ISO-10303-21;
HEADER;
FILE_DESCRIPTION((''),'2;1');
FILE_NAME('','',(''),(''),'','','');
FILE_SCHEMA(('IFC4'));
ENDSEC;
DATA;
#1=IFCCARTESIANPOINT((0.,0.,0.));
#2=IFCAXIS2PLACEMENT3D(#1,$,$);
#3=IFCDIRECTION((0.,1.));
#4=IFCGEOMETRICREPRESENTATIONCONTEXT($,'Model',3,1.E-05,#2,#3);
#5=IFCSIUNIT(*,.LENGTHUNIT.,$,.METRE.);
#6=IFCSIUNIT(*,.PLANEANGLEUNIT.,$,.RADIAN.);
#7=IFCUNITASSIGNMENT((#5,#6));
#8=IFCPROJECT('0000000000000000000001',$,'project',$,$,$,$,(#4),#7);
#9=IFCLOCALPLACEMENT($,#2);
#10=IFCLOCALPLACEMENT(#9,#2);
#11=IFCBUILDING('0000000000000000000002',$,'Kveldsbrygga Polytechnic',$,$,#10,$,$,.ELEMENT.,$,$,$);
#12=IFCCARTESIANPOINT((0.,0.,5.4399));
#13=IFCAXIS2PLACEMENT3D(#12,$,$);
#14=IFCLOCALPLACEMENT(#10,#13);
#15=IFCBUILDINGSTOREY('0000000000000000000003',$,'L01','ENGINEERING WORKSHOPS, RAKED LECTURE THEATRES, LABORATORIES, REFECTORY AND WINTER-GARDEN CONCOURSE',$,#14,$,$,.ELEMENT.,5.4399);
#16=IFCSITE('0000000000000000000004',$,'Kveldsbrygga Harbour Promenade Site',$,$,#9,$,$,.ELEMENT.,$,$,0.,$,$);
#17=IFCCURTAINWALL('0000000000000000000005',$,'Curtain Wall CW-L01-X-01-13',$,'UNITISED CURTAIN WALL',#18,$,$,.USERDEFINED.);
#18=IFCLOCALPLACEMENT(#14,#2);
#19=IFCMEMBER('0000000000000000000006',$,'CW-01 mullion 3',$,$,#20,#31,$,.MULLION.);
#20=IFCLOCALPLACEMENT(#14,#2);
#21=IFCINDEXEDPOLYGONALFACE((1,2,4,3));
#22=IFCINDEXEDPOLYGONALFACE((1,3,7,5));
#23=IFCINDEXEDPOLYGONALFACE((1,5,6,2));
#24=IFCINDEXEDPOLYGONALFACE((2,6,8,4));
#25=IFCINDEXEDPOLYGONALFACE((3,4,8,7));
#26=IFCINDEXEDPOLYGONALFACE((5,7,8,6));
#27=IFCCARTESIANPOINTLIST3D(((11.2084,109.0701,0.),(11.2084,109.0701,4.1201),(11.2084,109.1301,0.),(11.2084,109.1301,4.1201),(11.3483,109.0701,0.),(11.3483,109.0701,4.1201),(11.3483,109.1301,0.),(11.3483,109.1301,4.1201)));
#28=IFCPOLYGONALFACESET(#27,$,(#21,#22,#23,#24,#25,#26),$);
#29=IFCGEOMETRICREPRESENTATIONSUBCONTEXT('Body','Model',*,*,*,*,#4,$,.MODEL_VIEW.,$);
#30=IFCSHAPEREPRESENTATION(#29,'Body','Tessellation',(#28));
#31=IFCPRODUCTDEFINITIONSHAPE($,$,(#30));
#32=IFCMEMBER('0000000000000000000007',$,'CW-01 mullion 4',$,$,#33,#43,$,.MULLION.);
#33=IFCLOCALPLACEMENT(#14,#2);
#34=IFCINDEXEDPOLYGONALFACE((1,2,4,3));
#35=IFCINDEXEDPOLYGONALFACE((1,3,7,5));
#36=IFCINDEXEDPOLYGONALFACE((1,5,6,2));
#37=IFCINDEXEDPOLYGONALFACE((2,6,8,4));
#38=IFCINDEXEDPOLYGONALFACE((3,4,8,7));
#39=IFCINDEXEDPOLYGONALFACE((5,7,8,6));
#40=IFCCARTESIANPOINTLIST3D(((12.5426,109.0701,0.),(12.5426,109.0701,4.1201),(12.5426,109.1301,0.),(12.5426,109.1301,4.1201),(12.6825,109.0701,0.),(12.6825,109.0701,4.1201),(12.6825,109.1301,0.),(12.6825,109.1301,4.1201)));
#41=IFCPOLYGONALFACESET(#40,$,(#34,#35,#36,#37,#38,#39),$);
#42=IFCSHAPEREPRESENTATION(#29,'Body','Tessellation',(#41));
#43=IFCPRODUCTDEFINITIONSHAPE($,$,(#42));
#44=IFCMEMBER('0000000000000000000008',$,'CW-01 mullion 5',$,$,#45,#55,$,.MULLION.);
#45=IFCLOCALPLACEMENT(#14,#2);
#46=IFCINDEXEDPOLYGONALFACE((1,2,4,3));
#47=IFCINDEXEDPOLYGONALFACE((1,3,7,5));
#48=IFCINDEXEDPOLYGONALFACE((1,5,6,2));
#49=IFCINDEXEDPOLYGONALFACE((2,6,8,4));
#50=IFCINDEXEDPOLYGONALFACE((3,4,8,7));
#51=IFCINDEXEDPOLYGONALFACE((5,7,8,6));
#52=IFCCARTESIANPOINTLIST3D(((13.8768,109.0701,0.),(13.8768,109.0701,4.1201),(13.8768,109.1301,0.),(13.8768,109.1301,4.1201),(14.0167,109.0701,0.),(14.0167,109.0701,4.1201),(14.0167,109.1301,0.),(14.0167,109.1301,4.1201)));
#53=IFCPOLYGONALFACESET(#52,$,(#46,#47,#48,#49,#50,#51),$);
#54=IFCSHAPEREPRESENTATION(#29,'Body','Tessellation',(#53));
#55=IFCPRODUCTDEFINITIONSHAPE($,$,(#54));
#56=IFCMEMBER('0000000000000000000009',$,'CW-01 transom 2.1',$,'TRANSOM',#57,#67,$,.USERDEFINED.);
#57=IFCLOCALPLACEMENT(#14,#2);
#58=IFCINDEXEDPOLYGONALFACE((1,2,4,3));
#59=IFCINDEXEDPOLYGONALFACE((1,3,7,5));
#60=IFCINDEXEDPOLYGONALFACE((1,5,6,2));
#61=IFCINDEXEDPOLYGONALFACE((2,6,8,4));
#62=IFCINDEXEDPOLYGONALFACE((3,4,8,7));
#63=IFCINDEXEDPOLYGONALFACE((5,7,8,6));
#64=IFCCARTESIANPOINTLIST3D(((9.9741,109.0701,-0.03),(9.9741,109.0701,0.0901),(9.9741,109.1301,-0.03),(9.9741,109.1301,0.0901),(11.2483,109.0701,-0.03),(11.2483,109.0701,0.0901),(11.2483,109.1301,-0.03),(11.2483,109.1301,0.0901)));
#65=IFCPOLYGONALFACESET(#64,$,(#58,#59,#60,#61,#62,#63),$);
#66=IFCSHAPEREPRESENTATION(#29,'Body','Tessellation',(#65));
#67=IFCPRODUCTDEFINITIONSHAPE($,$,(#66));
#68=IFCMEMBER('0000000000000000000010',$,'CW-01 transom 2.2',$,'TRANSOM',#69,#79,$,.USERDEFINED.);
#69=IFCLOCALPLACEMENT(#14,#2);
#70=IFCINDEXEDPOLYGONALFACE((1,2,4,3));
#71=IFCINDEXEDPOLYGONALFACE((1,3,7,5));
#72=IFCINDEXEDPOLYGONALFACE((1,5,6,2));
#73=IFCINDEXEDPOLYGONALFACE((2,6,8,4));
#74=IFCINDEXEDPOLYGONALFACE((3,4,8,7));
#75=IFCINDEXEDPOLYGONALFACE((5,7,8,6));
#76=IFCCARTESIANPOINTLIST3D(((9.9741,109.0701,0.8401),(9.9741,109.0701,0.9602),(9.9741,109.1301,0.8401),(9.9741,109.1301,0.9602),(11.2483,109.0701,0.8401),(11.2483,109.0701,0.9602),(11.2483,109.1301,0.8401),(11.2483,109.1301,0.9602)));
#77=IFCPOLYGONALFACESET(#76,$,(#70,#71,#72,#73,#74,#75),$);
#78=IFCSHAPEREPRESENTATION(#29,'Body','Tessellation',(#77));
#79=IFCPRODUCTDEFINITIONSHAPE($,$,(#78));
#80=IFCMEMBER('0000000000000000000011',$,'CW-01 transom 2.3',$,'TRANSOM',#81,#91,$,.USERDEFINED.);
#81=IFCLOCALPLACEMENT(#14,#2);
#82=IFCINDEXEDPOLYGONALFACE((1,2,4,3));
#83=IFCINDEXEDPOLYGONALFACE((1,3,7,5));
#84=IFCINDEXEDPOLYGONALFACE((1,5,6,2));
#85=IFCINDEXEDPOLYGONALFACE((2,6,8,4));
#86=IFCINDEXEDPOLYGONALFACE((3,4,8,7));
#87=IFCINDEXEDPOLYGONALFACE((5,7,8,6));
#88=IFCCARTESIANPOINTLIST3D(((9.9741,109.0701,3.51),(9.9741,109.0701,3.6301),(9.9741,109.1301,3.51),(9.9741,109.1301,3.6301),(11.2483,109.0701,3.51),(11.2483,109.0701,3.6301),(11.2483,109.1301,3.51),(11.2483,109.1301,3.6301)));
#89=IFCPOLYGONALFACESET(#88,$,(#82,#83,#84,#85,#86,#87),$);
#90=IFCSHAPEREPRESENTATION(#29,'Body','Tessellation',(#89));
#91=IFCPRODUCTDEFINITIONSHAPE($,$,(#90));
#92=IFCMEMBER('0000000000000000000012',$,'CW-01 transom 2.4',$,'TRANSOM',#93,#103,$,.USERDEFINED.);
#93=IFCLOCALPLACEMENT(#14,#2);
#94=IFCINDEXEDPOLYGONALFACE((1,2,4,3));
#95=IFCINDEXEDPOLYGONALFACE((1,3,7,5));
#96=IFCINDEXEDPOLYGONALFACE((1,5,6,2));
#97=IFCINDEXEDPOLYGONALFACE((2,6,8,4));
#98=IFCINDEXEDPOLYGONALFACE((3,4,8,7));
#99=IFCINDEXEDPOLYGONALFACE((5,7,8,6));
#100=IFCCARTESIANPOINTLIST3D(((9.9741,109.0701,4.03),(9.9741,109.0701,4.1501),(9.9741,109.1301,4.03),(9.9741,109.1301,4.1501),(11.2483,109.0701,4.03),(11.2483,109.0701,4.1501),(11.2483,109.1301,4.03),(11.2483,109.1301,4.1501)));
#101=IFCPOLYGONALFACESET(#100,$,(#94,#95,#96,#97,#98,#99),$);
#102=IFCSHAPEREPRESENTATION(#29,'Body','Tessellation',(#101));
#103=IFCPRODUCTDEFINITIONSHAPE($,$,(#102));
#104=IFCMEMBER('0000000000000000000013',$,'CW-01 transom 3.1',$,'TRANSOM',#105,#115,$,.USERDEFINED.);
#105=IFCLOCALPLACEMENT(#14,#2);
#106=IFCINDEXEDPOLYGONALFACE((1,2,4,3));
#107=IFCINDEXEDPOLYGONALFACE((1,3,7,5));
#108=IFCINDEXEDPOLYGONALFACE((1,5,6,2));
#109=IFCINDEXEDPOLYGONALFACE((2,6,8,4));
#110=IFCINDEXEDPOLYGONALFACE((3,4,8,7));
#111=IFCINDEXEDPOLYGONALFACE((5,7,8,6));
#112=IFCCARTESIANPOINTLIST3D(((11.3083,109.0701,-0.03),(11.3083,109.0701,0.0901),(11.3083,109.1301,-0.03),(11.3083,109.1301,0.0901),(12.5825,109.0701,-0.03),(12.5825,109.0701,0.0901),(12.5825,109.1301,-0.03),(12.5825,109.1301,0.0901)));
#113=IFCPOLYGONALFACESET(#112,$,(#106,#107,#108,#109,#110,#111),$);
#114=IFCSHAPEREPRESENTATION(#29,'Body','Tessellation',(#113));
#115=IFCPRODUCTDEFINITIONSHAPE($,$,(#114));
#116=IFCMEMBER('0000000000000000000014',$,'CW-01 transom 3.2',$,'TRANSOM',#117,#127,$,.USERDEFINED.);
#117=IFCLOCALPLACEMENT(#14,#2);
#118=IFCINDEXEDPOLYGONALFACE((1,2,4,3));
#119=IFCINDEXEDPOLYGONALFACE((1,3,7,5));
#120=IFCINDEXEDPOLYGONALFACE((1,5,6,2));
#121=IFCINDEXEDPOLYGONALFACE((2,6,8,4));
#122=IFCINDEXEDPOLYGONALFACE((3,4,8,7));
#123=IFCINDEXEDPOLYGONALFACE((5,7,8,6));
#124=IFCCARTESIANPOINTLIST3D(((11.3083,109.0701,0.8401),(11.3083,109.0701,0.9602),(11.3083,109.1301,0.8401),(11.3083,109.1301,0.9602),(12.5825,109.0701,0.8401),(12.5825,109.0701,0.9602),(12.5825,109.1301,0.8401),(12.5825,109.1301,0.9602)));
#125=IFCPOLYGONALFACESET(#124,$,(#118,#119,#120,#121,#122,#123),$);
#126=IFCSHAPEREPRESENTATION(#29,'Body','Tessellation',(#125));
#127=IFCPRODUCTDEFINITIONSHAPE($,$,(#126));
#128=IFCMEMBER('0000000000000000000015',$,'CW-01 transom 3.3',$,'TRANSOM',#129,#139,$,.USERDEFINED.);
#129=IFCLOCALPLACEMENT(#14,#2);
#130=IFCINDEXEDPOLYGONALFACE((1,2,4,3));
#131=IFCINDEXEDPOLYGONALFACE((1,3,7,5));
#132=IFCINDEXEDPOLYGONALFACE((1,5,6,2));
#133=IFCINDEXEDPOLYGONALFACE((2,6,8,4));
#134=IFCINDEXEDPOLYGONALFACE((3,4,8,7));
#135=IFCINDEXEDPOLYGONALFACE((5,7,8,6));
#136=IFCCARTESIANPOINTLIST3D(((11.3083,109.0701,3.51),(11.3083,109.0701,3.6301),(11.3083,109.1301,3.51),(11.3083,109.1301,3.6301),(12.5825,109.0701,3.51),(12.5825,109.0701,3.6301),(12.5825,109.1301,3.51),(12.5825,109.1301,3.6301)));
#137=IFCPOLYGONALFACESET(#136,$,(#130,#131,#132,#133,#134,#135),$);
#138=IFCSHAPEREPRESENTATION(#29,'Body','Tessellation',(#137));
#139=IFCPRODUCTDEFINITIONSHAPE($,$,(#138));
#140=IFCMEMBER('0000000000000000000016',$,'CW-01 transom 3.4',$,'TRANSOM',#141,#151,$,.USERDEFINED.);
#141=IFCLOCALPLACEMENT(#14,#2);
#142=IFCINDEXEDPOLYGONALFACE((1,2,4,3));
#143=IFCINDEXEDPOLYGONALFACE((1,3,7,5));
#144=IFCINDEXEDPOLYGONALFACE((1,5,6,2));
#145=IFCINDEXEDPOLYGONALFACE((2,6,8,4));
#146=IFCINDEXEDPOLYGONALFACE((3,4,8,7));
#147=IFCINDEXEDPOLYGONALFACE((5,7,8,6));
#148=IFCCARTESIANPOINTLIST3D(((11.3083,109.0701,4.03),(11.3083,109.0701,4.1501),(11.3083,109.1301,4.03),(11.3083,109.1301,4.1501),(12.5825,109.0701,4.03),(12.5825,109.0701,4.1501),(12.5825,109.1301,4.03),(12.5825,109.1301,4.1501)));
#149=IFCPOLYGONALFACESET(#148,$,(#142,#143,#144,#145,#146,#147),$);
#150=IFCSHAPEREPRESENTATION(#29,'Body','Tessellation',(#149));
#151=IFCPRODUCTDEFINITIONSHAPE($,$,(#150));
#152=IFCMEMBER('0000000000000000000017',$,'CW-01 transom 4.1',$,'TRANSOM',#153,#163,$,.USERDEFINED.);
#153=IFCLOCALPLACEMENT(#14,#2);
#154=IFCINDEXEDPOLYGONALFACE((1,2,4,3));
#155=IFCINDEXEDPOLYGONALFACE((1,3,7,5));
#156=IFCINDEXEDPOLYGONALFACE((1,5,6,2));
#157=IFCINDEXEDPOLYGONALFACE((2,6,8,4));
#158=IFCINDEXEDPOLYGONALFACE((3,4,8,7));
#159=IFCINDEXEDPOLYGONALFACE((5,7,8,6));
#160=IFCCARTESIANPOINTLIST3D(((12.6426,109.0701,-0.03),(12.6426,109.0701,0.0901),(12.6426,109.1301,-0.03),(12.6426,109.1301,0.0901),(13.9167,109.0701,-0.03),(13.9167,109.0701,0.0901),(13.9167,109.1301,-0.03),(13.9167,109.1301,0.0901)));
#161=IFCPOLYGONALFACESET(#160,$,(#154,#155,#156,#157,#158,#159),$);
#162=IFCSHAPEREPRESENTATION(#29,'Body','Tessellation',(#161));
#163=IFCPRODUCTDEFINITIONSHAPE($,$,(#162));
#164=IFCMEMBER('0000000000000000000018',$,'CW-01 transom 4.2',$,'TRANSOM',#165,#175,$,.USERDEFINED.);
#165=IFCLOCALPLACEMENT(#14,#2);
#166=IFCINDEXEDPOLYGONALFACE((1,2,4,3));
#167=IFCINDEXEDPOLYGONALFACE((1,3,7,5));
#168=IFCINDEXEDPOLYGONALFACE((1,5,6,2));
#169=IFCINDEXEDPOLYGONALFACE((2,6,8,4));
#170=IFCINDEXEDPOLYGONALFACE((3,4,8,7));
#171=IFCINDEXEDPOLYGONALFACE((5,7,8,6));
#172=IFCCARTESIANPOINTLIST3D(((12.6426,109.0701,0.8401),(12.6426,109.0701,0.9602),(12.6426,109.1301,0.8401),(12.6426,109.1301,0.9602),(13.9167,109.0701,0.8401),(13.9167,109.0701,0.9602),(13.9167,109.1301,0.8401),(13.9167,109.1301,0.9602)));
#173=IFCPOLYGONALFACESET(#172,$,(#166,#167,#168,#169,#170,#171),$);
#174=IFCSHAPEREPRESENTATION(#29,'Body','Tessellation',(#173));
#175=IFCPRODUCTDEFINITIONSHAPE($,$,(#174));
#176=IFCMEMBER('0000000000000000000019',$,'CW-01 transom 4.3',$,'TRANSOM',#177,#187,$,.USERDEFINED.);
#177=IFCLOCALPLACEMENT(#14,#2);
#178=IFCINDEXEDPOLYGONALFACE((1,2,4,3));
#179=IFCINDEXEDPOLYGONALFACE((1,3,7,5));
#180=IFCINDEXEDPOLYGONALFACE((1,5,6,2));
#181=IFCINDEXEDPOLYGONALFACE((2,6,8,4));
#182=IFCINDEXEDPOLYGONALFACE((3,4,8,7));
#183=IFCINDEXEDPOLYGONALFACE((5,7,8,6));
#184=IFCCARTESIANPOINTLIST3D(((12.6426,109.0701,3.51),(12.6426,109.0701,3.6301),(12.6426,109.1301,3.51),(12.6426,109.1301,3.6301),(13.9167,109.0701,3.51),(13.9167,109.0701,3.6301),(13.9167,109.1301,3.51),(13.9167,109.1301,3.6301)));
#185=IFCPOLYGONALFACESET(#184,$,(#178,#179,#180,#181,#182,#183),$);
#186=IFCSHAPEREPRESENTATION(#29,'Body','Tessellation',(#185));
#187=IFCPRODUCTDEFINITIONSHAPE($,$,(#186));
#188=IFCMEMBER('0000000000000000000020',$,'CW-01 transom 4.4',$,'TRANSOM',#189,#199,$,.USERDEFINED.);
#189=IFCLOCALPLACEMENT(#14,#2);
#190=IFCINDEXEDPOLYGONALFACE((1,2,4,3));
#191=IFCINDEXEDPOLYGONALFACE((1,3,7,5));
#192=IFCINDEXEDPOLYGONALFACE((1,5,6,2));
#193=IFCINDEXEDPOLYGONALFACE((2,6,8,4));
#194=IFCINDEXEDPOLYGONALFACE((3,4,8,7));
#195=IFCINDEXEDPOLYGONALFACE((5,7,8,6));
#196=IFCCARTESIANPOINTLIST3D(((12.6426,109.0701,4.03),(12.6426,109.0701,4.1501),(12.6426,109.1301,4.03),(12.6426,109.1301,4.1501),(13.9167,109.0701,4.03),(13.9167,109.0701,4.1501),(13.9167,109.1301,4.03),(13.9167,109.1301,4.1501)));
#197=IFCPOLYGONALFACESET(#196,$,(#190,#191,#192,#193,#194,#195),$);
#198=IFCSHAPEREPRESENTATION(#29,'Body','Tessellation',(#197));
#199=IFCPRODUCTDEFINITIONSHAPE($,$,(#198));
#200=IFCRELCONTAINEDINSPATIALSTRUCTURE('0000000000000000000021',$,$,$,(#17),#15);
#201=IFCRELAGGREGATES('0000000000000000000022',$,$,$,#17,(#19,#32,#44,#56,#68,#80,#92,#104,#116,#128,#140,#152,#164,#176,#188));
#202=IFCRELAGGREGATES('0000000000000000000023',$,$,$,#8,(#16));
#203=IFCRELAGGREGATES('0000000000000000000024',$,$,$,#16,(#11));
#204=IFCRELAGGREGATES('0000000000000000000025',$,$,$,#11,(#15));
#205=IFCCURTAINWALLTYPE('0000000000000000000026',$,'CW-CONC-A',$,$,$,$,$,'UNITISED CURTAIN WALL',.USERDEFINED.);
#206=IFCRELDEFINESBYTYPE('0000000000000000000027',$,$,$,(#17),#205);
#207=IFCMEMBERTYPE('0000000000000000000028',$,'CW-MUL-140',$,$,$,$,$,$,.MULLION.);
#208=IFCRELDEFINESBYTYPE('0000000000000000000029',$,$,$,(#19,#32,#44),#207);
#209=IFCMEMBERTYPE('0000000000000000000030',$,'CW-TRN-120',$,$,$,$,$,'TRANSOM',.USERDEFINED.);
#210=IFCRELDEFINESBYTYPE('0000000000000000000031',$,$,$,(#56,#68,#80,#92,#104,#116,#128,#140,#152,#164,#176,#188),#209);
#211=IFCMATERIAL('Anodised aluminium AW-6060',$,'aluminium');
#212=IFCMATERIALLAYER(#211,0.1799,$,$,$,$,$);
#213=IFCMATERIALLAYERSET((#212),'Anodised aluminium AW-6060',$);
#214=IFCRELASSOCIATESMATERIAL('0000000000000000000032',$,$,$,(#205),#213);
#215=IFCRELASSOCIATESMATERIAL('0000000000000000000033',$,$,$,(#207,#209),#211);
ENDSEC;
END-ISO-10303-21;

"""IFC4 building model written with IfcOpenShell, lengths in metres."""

from ifc_helpers import new_model, si_unit, direction, frame, origin, origin_2d, place, context, subcontext, project, spatial, rectangle, extrude, material, layer, layer_set, material_profile, profile_set, type_object, element, aggregate, save


model = new_model("IFC4")

# Units and contexts
model_context = context("Model", 3, precision=1e-05, world=origin(), true_north=direction((0.0, 1.0)))
body_context = subcontext(model_context, "Body", "Model", "MODEL_VIEW")
ifc_project = project(units=[si_unit("LENGTHUNIT", "METRE"), si_unit("PLANEANGLEUNIT", "RADIAN")], contexts=[model_context])

# Site, building, storey
site_placement = place(None, origin())
site = spatial("IfcSite", under=ifc_project, at=site_placement, Name="Kveldsbrygga Harbour Promenade Site", CompositionType="ELEMENT", RefElevation=0.0)
building_placement = place(site_placement, origin())
building = spatial("IfcBuilding", under=site, at=building_placement, Name="Kveldsbrygga Polytechnic", CompositionType="ELEMENT")
storey_placement = place(building_placement, frame((0.0, 0.0, 5.4399)))
storey = spatial("IfcBuildingStorey", under=building, at=storey_placement, Name="L01", Description="ENGINEERING WORKSHOPS, RAKED LECTURE THEATRES, LABORATORIES, REFECTORY AND WINTER-GARDEN CONCOURSE", CompositionType="ELEMENT", Elevation=5.4399)

# Curtain wall, members
ifc_material_1 = material(Name="Anodised aluminium AW-6060", Category="aluminium")
ifc_layer_1 = layer(ifc_material_1, 0.1799)
ifc_layer_set_1 = layer_set([ifc_layer_1], Name="Anodised aluminium AW-6060")
curtain_wall_type = type_object("IfcCurtainWallType", Name="CW-CONC-A", ElementType="UNITISED CURTAIN WALL", PredefinedType="USERDEFINED", material=ifc_layer_set_1)
curtain_wall_placement = place(storey_placement, origin())
curtain_wall = element("IfcCurtainWall", 1, at=curtain_wall_placement, inside=storey, type_object=curtain_wall_type, Name="Curtain Wall CW-L01-X-01-13", ObjectType="UNITISED CURTAIN WALL", PredefinedType="USERDEFINED")
ifc_material_profile_1 = material_profile(ifc_material_1, rectangle(XDim=0.0601, YDim=0.1399, at=origin_2d()), Name="ALU 60x140")
ifc_profile_set_1 = profile_set([ifc_material_profile_1], Name="Anodised aluminium AW-6060")
member_type_1 = type_object("IfcMemberType", Name="CW-MUL-140", PredefinedType="MULLION", material=ifc_profile_set_1)
member_1_placement = place(storey_placement, frame((11.2783, 109.1001, 0.0), z_axis=(0.0, 0.0, 1.0), x_axis=(0.0, 1.0, 0.0)))
member_1 = element("IfcMember", 2, at=member_1_placement, type_object=member_type_1, Name="CW-01 mullion 3", PredefinedType="MULLION", context=body_context, shape_type="SweptSolid", body=[
    extrude(rectangle(XDim=0.0601, YDim=0.1399, at=origin_2d()), origin(), (0.0, 0.0, 1.0), 4.1201),
])
member_2_placement = place(storey_placement, frame((12.6125, 109.1001, 0.0), z_axis=(0.0, 0.0, 1.0), x_axis=(0.0, 1.0, 0.0)))
member_2 = element("IfcMember", 3, at=member_2_placement, type_object=member_type_1, Name="CW-01 mullion 4", PredefinedType="MULLION", context=body_context, shape_type="SweptSolid", body=[
    extrude(rectangle(XDim=0.0601, YDim=0.1399, at=origin_2d()), origin(), (0.0, 0.0, 1.0), 4.1201),
])
member_3_placement = place(storey_placement, frame((13.9468, 109.1001, 0.0), z_axis=(0.0, 0.0, 1.0), x_axis=(0.0, 1.0, 0.0)))
member_3 = element("IfcMember", 4, at=member_3_placement, type_object=member_type_1, Name="CW-01 mullion 5", PredefinedType="MULLION", context=body_context, shape_type="SweptSolid", body=[
    extrude(rectangle(XDim=0.0601, YDim=0.1399, at=origin_2d()), origin(), (0.0, 0.0, 1.0), 4.1201),
])
ifc_material_profile_2 = material_profile(ifc_material_1, rectangle(XDim=0.0601, YDim=0.1201, at=origin_2d()), Name="ALU 60x120")
ifc_profile_set_2 = profile_set([ifc_material_profile_2], Name="Anodised aluminium AW-6060")
member_type_2 = type_object("IfcMemberType", Name="CW-TRN-120", ElementType="TRANSOM", PredefinedType="USERDEFINED", material=ifc_profile_set_2)
member_4_placement = place(storey_placement, frame((9.9741, 109.1001, 0.03), z_axis=(1.0, 0.0, 0.0), x_axis=(0.0, 1.0, 0.0)))
member_4 = element("IfcMember", 5, at=member_4_placement, type_object=member_type_2, Name="CW-01 transom 2.1", ObjectType="TRANSOM", PredefinedType="USERDEFINED", context=body_context, shape_type="SweptSolid", body=[
    extrude(rectangle(XDim=0.0601, YDim=0.1201, at=origin_2d()), origin(), (0.0, 0.0, 1.0), 1.2742),
])
member_5_placement = place(storey_placement, frame((9.9741, 109.1001, 0.9001), z_axis=(1.0, 0.0, 0.0), x_axis=(0.0, 1.0, 0.0)))
member_5 = element("IfcMember", 6, at=member_5_placement, type_object=member_type_2, Name="CW-01 transom 2.2", ObjectType="TRANSOM", PredefinedType="USERDEFINED", context=body_context, shape_type="SweptSolid", body=[
    extrude(rectangle(XDim=0.0601, YDim=0.1201, at=origin_2d()), origin(), (0.0, 0.0, 1.0), 1.2742),
])
member_6_placement = place(storey_placement, frame((9.9741, 109.1001, 3.5701), z_axis=(1.0, 0.0, 0.0), x_axis=(0.0, 1.0, 0.0)))
member_6 = element("IfcMember", 7, at=member_6_placement, type_object=member_type_2, Name="CW-01 transom 2.3", ObjectType="TRANSOM", PredefinedType="USERDEFINED", context=body_context, shape_type="SweptSolid", body=[
    extrude(rectangle(XDim=0.0601, YDim=0.1201, at=origin_2d()), origin(), (0.0, 0.0, 1.0), 1.2742),
])
member_7_placement = place(storey_placement, frame((9.9741, 109.1001, 4.0901), z_axis=(1.0, 0.0, 0.0), x_axis=(0.0, 1.0, 0.0)))
member_7 = element("IfcMember", 8, at=member_7_placement, type_object=member_type_2, Name="CW-01 transom 2.4", ObjectType="TRANSOM", PredefinedType="USERDEFINED", context=body_context, shape_type="SweptSolid", body=[
    extrude(rectangle(XDim=0.0601, YDim=0.1201, at=origin_2d()), origin(), (0.0, 0.0, 1.0), 1.2742),
])
member_8_placement = place(storey_placement, frame((11.3083, 109.1001, 0.03), z_axis=(1.0, 0.0, 0.0), x_axis=(0.0, 1.0, 0.0)))
member_8 = element("IfcMember", 9, at=member_8_placement, type_object=member_type_2, Name="CW-01 transom 3.1", ObjectType="TRANSOM", PredefinedType="USERDEFINED", context=body_context, shape_type="SweptSolid", body=[
    extrude(rectangle(XDim=0.0601, YDim=0.1201, at=origin_2d()), origin(), (0.0, 0.0, 1.0), 1.2742),
])
member_9_placement = place(storey_placement, frame((11.3083, 109.1001, 0.9001), z_axis=(1.0, 0.0, 0.0), x_axis=(0.0, 1.0, 0.0)))
member_9 = element("IfcMember", 10, at=member_9_placement, type_object=member_type_2, Name="CW-01 transom 3.2", ObjectType="TRANSOM", PredefinedType="USERDEFINED", context=body_context, shape_type="SweptSolid", body=[
    extrude(rectangle(XDim=0.0601, YDim=0.1201, at=origin_2d()), origin(), (0.0, 0.0, 1.0), 1.2742),
])
member_10_placement = place(storey_placement, frame((11.3083, 109.1001, 3.5701), z_axis=(1.0, 0.0, 0.0), x_axis=(0.0, 1.0, 0.0)))
member_10 = element("IfcMember", 11, at=member_10_placement, type_object=member_type_2, Name="CW-01 transom 3.3", ObjectType="TRANSOM", PredefinedType="USERDEFINED", context=body_context, shape_type="SweptSolid", body=[
    extrude(rectangle(XDim=0.0601, YDim=0.1201, at=origin_2d()), origin(), (0.0, 0.0, 1.0), 1.2742),
])
member_11_placement = place(storey_placement, frame((11.3083, 109.1001, 4.0901), z_axis=(1.0, 0.0, 0.0), x_axis=(0.0, 1.0, 0.0)))
member_11 = element("IfcMember", 12, at=member_11_placement, type_object=member_type_2, Name="CW-01 transom 3.4", ObjectType="TRANSOM", PredefinedType="USERDEFINED", context=body_context, shape_type="SweptSolid", body=[
    extrude(rectangle(XDim=0.0601, YDim=0.1201, at=origin_2d()), origin(), (0.0, 0.0, 1.0), 1.2742),
])
member_12_placement = place(storey_placement, frame((12.6426, 109.1001, 0.03), z_axis=(1.0, 0.0, 0.0), x_axis=(0.0, 1.0, 0.0)))
member_12 = element("IfcMember", 13, at=member_12_placement, type_object=member_type_2, Name="CW-01 transom 4.1", ObjectType="TRANSOM", PredefinedType="USERDEFINED", context=body_context, shape_type="SweptSolid", body=[
    extrude(rectangle(XDim=0.0601, YDim=0.1201, at=origin_2d()), origin(), (0.0, 0.0, 1.0), 1.2742),
])
member_13_placement = place(storey_placement, frame((12.6426, 109.1001, 0.9001), z_axis=(1.0, 0.0, 0.0), x_axis=(0.0, 1.0, 0.0)))
member_13 = element("IfcMember", 14, at=member_13_placement, type_object=member_type_2, Name="CW-01 transom 4.2", ObjectType="TRANSOM", PredefinedType="USERDEFINED", context=body_context, shape_type="SweptSolid", body=[
    extrude(rectangle(XDim=0.0601, YDim=0.1201, at=origin_2d()), origin(), (0.0, 0.0, 1.0), 1.2742),
])
member_14_placement = place(storey_placement, frame((12.6426, 109.1001, 3.5701), z_axis=(1.0, 0.0, 0.0), x_axis=(0.0, 1.0, 0.0)))
member_14 = element("IfcMember", 15, at=member_14_placement, type_object=member_type_2, Name="CW-01 transom 4.3", ObjectType="TRANSOM", PredefinedType="USERDEFINED", context=body_context, shape_type="SweptSolid", body=[
    extrude(rectangle(XDim=0.0601, YDim=0.1201, at=origin_2d()), origin(), (0.0, 0.0, 1.0), 1.2742),
])
member_15_placement = place(storey_placement, frame((12.6426, 109.1001, 4.0901), z_axis=(1.0, 0.0, 0.0), x_axis=(0.0, 1.0, 0.0)))
member_15 = element("IfcMember", 16, at=member_15_placement, type_object=member_type_2, Name="CW-01 transom 4.4", ObjectType="TRANSOM", PredefinedType="USERDEFINED", context=body_context, shape_type="SweptSolid", body=[
    extrude(rectangle(XDim=0.0601, YDim=0.1201, at=origin_2d()), origin(), (0.0, 0.0, 1.0), 1.2742),
])

aggregate(curtain_wall, [member_1, member_2, member_3, member_4, member_5, member_6, member_7, member_8, member_9, member_10, member_11, member_12, member_13, member_14, member_15])

save(model, "model.ifc")
